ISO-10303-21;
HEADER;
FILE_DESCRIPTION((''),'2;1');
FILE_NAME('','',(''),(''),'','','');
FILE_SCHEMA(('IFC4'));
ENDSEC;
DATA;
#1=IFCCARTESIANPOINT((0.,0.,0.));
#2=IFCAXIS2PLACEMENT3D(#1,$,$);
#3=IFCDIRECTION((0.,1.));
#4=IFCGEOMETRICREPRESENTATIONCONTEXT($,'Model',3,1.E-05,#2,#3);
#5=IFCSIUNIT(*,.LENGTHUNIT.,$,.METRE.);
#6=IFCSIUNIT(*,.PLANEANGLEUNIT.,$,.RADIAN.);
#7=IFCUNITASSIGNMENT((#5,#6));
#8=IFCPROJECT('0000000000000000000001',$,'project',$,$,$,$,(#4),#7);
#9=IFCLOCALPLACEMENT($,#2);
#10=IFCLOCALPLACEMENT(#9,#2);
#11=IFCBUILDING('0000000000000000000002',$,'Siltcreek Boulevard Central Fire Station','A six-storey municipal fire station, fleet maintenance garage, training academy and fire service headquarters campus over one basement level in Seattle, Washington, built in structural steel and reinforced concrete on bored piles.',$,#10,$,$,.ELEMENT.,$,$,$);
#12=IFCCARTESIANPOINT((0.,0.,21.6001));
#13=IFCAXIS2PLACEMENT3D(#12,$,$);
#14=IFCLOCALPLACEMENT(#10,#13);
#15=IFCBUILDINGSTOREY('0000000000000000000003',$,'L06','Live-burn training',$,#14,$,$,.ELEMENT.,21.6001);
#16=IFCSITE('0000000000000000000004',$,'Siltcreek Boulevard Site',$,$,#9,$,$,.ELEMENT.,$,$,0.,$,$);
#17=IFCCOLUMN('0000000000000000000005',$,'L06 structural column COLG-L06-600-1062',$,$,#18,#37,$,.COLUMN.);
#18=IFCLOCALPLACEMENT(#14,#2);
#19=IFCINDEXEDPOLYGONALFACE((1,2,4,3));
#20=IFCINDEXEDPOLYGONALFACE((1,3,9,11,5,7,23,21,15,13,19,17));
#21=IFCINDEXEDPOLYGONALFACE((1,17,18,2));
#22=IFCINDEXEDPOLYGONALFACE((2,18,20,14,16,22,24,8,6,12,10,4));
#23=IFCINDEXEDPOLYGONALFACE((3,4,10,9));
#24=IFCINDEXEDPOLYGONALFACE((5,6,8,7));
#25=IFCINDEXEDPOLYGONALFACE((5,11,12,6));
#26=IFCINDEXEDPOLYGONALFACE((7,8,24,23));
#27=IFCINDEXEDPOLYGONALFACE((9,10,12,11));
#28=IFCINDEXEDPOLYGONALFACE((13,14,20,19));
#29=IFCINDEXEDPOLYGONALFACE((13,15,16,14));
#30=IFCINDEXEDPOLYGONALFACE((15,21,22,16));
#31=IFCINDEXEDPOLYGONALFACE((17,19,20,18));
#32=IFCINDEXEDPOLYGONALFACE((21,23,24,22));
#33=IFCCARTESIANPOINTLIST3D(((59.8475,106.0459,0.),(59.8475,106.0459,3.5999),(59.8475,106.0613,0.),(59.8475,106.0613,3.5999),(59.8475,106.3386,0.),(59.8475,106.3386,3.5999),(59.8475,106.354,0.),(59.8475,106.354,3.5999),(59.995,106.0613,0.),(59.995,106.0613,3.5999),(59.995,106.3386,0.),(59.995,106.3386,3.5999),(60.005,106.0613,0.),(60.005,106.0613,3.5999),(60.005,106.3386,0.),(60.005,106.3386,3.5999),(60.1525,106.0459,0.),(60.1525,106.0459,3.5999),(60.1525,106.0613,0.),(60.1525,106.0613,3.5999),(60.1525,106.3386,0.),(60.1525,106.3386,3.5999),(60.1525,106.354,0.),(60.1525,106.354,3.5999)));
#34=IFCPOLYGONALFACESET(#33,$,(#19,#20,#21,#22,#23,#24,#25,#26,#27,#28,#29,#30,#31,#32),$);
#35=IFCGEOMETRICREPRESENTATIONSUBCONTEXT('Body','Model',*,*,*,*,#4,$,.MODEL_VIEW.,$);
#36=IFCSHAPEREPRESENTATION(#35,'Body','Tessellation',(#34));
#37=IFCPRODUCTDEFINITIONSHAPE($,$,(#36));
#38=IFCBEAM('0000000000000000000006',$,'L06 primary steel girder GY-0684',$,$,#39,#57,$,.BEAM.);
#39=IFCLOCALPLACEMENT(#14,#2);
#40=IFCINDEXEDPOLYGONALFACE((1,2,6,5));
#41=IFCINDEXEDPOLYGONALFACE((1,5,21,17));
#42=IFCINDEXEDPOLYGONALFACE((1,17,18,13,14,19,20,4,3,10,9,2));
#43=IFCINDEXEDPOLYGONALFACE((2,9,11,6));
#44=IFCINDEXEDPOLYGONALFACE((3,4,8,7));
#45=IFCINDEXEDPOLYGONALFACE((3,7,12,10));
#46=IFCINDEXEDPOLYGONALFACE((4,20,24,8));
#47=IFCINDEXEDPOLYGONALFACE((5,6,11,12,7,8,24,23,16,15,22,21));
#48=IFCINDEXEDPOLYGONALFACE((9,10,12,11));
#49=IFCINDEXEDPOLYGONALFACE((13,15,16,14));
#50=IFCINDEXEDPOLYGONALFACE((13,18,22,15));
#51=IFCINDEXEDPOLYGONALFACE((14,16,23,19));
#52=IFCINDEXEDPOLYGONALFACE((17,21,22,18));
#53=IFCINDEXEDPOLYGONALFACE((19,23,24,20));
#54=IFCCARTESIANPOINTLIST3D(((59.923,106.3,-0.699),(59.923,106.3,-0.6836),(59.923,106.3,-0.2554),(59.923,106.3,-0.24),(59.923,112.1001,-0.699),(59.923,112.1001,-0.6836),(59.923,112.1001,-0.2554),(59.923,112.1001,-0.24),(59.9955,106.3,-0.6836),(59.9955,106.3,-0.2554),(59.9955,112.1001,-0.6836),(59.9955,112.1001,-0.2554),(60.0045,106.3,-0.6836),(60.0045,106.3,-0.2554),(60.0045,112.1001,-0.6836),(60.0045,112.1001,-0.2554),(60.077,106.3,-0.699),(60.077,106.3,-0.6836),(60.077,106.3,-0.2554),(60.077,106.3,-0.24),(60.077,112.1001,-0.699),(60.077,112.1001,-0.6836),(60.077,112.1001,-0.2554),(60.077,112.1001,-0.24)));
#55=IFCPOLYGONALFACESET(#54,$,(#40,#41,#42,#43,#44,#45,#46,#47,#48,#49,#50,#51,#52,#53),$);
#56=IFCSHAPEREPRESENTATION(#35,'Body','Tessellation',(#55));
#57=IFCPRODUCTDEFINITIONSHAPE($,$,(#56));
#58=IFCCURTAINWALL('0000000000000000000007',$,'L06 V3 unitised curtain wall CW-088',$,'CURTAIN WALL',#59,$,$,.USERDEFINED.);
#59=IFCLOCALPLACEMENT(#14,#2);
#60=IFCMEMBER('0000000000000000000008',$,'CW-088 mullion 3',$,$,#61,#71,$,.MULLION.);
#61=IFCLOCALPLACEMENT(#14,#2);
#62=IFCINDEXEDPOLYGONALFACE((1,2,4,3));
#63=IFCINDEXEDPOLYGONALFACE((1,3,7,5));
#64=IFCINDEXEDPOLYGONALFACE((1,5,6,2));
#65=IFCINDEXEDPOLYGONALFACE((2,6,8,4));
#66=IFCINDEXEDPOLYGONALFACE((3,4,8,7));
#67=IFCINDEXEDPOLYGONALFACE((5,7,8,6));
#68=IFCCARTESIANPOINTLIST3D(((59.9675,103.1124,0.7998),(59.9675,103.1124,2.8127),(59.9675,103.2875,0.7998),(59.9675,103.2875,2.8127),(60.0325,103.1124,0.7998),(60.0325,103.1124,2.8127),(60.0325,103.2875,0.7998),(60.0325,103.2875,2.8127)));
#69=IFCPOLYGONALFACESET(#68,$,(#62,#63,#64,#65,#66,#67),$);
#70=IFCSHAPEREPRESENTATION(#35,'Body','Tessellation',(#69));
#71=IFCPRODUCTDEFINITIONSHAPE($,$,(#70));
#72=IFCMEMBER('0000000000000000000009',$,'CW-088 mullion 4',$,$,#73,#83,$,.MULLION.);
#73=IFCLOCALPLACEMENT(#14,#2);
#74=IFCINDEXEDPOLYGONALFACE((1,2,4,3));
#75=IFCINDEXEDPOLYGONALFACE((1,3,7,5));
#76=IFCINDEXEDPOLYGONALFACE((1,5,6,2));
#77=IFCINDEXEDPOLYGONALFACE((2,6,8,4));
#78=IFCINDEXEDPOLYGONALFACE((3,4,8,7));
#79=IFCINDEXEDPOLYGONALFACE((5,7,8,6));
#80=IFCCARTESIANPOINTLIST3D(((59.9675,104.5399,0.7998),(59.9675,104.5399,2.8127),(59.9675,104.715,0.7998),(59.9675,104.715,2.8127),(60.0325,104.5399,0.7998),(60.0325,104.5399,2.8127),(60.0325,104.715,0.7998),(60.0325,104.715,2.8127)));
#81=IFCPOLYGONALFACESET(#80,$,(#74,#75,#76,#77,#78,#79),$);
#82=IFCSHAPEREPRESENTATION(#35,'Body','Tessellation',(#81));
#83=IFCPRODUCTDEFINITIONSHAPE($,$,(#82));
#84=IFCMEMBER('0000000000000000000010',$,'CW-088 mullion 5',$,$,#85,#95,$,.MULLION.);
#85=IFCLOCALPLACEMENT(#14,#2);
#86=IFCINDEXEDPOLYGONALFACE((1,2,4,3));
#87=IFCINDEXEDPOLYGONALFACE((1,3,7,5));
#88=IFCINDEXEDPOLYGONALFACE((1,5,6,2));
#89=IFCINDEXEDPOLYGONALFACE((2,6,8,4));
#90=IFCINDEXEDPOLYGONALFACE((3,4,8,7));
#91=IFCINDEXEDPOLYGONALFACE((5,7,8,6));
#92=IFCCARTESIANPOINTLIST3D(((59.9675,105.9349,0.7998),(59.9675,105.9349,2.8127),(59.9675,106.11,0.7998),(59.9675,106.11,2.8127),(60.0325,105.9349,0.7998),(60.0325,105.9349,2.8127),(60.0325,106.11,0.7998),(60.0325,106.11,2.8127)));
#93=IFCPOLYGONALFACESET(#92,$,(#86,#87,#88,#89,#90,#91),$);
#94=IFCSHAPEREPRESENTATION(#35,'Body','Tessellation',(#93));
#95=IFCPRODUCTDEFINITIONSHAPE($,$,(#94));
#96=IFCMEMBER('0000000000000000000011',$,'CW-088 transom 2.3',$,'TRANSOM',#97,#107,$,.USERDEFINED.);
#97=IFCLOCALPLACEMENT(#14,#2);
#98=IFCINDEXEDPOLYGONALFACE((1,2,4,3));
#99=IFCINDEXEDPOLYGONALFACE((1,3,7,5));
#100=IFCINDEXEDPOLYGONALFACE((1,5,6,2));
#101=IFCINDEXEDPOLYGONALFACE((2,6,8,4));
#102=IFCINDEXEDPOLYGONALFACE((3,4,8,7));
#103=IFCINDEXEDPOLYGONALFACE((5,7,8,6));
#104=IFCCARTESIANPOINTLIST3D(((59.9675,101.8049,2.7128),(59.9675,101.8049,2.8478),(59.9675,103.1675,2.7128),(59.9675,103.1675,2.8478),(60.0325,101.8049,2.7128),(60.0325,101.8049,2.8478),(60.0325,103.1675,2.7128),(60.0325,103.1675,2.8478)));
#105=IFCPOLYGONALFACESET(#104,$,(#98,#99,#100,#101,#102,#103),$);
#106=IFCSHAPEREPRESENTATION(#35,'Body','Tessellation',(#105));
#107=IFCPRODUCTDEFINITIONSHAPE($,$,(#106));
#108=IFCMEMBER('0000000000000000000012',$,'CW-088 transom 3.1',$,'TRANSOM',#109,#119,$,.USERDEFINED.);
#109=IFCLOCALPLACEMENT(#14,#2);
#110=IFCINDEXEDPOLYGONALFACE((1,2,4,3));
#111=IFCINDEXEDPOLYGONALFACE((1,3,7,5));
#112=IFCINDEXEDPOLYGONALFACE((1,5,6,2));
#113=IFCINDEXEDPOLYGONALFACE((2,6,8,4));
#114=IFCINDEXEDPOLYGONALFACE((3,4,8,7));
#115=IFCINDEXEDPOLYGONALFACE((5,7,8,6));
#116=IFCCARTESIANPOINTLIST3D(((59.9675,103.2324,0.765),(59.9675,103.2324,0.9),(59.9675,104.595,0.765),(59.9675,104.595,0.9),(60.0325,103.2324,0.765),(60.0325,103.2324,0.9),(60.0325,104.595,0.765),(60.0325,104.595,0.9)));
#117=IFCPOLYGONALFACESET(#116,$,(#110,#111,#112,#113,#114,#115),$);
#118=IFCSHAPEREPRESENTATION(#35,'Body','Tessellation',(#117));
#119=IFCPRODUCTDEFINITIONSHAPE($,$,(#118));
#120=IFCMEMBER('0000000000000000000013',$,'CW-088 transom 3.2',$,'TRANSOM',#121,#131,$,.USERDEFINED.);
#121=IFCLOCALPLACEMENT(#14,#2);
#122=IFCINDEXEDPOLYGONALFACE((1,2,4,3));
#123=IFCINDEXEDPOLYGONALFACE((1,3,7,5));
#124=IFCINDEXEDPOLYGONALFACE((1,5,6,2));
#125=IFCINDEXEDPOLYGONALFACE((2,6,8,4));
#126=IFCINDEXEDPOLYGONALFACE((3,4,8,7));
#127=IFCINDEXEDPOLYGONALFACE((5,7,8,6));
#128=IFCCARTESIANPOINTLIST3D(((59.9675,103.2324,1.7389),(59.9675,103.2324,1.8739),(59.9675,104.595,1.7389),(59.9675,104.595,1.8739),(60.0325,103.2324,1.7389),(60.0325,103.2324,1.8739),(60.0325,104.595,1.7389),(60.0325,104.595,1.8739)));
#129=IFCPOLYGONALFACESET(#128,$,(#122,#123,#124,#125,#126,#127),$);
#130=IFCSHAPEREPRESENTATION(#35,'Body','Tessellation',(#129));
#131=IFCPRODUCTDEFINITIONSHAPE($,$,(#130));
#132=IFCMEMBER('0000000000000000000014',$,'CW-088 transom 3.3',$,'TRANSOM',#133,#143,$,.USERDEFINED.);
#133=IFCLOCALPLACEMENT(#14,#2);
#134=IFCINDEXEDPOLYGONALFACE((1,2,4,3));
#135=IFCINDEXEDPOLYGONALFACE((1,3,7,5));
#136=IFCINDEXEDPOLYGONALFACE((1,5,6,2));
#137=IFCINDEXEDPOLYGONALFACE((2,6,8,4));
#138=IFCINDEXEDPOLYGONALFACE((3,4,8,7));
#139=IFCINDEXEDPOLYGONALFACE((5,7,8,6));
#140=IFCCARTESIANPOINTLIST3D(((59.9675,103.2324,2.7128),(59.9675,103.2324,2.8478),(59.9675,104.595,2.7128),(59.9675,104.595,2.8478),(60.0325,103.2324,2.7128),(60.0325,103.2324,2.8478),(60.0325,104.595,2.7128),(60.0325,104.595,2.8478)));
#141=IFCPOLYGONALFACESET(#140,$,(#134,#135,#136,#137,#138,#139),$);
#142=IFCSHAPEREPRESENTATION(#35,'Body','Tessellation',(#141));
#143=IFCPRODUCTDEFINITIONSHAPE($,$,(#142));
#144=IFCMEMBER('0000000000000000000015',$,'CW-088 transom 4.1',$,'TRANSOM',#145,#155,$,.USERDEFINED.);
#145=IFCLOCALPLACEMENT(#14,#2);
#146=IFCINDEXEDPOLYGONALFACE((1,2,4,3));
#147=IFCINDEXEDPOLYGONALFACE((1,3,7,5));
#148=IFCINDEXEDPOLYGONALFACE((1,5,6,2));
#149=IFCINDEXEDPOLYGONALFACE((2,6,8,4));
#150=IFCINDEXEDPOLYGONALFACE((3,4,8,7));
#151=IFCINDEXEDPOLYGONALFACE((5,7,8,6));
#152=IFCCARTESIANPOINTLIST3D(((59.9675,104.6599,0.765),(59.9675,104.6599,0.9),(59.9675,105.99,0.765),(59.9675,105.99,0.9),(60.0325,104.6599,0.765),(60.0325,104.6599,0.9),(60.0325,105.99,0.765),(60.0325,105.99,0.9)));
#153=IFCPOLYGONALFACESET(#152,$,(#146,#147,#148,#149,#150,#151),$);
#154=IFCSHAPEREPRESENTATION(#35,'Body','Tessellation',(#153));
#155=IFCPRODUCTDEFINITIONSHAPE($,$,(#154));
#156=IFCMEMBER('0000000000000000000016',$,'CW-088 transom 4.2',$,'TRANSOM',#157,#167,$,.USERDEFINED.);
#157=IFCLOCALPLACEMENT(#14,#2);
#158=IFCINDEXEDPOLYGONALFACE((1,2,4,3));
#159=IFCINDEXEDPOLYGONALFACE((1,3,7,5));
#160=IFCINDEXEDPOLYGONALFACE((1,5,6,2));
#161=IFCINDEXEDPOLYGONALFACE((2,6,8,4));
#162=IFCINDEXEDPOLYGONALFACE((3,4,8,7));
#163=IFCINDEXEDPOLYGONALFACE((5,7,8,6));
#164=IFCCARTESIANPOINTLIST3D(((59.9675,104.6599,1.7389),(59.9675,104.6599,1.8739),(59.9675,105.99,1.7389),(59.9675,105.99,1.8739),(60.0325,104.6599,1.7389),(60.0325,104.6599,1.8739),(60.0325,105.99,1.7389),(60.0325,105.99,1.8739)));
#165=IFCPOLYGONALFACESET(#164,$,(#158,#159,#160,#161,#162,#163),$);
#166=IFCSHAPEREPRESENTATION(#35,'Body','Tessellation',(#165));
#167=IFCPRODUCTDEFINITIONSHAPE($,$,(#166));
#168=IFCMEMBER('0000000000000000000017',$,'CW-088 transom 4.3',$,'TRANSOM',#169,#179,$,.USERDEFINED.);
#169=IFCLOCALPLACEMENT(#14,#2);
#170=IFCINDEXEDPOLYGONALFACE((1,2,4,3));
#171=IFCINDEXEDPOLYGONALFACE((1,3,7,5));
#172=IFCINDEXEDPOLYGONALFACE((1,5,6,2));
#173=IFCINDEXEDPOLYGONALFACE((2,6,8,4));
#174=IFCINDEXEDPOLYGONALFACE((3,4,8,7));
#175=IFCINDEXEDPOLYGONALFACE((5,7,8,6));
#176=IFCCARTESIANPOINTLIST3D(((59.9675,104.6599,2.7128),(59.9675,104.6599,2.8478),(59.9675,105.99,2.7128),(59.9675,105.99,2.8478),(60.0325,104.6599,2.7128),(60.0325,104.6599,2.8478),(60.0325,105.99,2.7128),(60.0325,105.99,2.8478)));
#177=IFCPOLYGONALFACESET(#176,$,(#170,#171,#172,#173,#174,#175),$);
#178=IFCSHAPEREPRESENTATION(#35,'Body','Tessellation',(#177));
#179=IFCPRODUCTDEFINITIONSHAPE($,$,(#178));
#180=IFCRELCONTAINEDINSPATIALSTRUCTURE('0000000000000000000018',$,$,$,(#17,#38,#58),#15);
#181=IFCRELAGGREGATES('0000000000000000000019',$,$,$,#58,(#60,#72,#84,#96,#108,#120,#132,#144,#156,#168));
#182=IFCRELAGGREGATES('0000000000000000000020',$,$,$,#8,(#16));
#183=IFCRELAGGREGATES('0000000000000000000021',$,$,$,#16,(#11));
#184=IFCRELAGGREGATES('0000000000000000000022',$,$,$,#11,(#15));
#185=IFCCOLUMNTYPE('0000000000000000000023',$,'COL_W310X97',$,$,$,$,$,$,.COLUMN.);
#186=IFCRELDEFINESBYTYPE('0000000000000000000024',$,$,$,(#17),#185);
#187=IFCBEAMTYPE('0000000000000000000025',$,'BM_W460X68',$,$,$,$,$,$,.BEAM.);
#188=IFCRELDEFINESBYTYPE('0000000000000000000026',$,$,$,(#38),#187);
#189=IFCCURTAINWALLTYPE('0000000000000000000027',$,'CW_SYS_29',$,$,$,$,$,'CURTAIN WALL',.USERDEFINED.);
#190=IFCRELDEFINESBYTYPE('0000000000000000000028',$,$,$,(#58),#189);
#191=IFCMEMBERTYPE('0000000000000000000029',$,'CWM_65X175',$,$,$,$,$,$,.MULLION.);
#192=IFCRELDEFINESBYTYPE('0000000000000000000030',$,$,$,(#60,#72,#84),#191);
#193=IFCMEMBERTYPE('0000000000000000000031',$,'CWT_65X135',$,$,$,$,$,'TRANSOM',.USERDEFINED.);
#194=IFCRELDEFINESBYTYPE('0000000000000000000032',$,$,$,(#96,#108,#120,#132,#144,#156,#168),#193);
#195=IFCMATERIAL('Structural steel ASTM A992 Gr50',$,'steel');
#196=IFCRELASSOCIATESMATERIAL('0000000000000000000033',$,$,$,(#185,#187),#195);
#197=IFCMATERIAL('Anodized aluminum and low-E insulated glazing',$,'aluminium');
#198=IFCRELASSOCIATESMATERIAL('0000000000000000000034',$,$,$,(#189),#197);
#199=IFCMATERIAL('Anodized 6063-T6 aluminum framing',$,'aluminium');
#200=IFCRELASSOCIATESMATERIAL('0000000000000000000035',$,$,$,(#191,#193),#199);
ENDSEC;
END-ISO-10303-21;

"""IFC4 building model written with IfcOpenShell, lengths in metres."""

from ifc_helpers import new_model, si_unit, direction, frame, origin, origin_2d, place, context, subcontext, project, spatial, rectangle, i_section, extrude, material, material_profile, profile_set, type_object, element, aggregate, save


model = new_model("IFC4")

# Units and contexts
model_context = context("Model", 3, precision=1e-05, world=origin(), true_north=direction((0.0, 1.0)))
body_context = subcontext(model_context, "Body", "Model", "MODEL_VIEW")
ifc_project = project(units=[si_unit("LENGTHUNIT", "METRE"), si_unit("PLANEANGLEUNIT", "RADIAN")], contexts=[model_context])

# Site, building, storey
site_placement = place(None, origin())
site = spatial("IfcSite", under=ifc_project, at=site_placement, Name="Siltcreek Boulevard Site", CompositionType="ELEMENT", RefElevation=0.0)
building_placement = place(site_placement, origin())
building = spatial("IfcBuilding", under=site, at=building_placement, Name="Siltcreek Boulevard Central Fire Station", Description="A six-storey municipal fire station, fleet maintenance garage, training academy and fire service headquarters campus over one basement level in Seattle, Washington, built in structural steel and reinforced concrete on bored piles.", CompositionType="ELEMENT")
storey_placement = place(building_placement, frame((0.0, 0.0, 21.6001)))
storey = spatial("IfcBuildingStorey", under=building, at=storey_placement, Name="L06", Description="Live-burn training", CompositionType="ELEMENT", Elevation=21.6001)

# Column
ifc_material_1 = material(Name="Structural steel ASTM A992 Gr50", Category="steel")
ifc_material_profile_1 = material_profile(ifc_material_1, i_section(OverallWidth=0.3049, OverallDepth=0.3081, WebThickness=0.01, FlangeThickness=0.0154, at=origin_2d()), Name="W310X97")
ifc_profile_set_1 = profile_set([ifc_material_profile_1], Name="Structural steel ASTM A992 Gr50")
column_type = type_object("IfcColumnType", Name="COL_W310X97", PredefinedType="COLUMN", material=ifc_profile_set_1)
column_placement = place(storey_placement, frame((60.0, 106.2, 0.0), z_axis=(0.0, 0.0, 1.0), x_axis=(1.0, 0.0, 0.0)))
element("IfcColumn", 1, at=column_placement, inside=storey, type_object=column_type, Name="L06 structural column COLG-L06-600-1062", PredefinedType="COLUMN", context=body_context, shape_type="SweptSolid", body=[
    extrude(i_section(OverallWidth=0.3049, OverallDepth=0.3081, WebThickness=0.01, FlangeThickness=0.0154, at=origin_2d()), origin(), (0.0, 0.0, 1.0), 3.5999),
])

# Beam
ifc_material_profile_2 = material_profile(ifc_material_1, i_section(OverallWidth=0.1541, OverallDepth=0.459, WebThickness=0.009, FlangeThickness=0.0154, at=origin_2d()), Name="W460X68")
ifc_profile_set_2 = profile_set([ifc_material_profile_2], Name="Structural steel ASTM A992 Gr50")
beam_type_1 = type_object("IfcBeamType", Name="BM_W460X68", PredefinedType="BEAM", material=ifc_profile_set_2)
beam_1_placement = place(storey_placement, frame((60.0, 106.3, -0.4695), z_axis=(0.0, 1.0, 0.0), x_axis=(-1.0, 0.0, 0.0)))
element("IfcBeam", 2, at=beam_1_placement, inside=storey, type_object=beam_type_1, Name="L06 primary steel girder GY-0684", PredefinedType="BEAM", context=body_context, shape_type="SweptSolid", body=[
    extrude(i_section(OverallWidth=0.1541, OverallDepth=0.459, WebThickness=0.009, FlangeThickness=0.0154, at=origin_2d()), origin(), (0.0, 0.0, 1.0), 5.8),
])

# Curtain wall, members
ifc_material_2 = material(Name="Anodized aluminum and low-E insulated glazing", Category="aluminium")
curtain_wall_type = type_object("IfcCurtainWallType", Name="CW_SYS_29", ElementType="CURTAIN WALL", PredefinedType="USERDEFINED", material=ifc_material_2)
curtain_wall_placement = place(storey_placement, origin())
curtain_wall = element("IfcCurtainWall", 3, at=curtain_wall_placement, inside=storey, type_object=curtain_wall_type, Name="L06 V3 unitised curtain wall CW-088", ObjectType="CURTAIN WALL", PredefinedType="USERDEFINED")
ifc_material_3 = material(Name="Anodized 6063-T6 aluminum framing", Category="aluminium")
ifc_material_profile_3 = material_profile(ifc_material_3, rectangle(XDim=0.0649, YDim=0.175, at=origin_2d()), Name="MULL65X175")
ifc_profile_set_3 = profile_set([ifc_material_profile_3], Name="Anodized 6063-T6 aluminum framing")
member_type_1 = type_object("IfcMemberType", Name="CWM_65X175", PredefinedType="MULLION", material=ifc_profile_set_3)
member_1_placement = place(storey_placement, frame((60.0, 103.2, 0.7998), z_axis=(0.0, 0.0, 1.0), x_axis=(-1.0, 0.0, 0.0)))
member_1 = element("IfcMember", 4, at=member_1_placement, type_object=member_type_1, Name="CW-088 mullion 3", PredefinedType="MULLION", context=body_context, shape_type="SweptSolid", body=[
    extrude(rectangle(XDim=0.0649, YDim=0.175, at=origin_2d()), origin(), (0.0, 0.0, 1.0), 2.0129),
])
member_2_placement = place(storey_placement, frame((60.0, 104.6274, 0.7998), z_axis=(0.0, 0.0, 1.0), x_axis=(-1.0, 0.0, 0.0)))
member_2 = element("IfcMember", 5, at=member_2_placement, type_object=member_type_1, Name="CW-088 mullion 4", PredefinedType="MULLION", context=body_context, shape_type="SweptSolid", body=[
    extrude(rectangle(XDim=0.0649, YDim=0.175, at=origin_2d()), origin(), (0.0, 0.0, 1.0), 2.0129),
])
member_3_placement = place(storey_placement, frame((60.0, 106.0225, 0.7998), z_axis=(0.0, 0.0, 1.0), x_axis=(-1.0, 0.0, 0.0)))
member_3 = element("IfcMember", 6, at=member_3_placement, type_object=member_type_1, Name="CW-088 mullion 5", PredefinedType="MULLION", context=body_context, shape_type="SweptSolid", body=[
    extrude(rectangle(XDim=0.0649, YDim=0.175, at=origin_2d()), origin(), (0.0, 0.0, 1.0), 2.0129),
])
ifc_material_profile_4 = material_profile(ifc_material_3, rectangle(XDim=0.0649, YDim=0.135, at=origin_2d()), Name="TRAN65X135")
ifc_profile_set_4 = profile_set([ifc_material_profile_4], Name="Anodized 6063-T6 aluminum framing")
member_type_2 = type_object("IfcMemberType", Name="CWT_65X135", ElementType="TRANSOM", PredefinedType="USERDEFINED", material=ifc_profile_set_4)
member_4_placement = place(storey_placement, frame((60.0, 101.8049, 2.7803), z_axis=(0.0, 1.0, 0.0), x_axis=(-1.0, 0.0, 0.0)))
member_4 = element("IfcMember", 7, at=member_4_placement, type_object=member_type_2, Name="CW-088 transom 2.3", ObjectType="TRANSOM", PredefinedType="USERDEFINED", context=body_context, shape_type="SweptSolid", body=[
    extrude(rectangle(XDim=0.0649, YDim=0.135, at=origin_2d()), origin(), (0.0, 0.0, 1.0), 1.3625),
])
member_5_placement = place(storey_placement, frame((60.0, 103.2324, 0.8325), z_axis=(0.0, 1.0, 0.0), x_axis=(-1.0, 0.0, 0.0)))
member_5 = element("IfcMember", 8, at=member_5_placement, type_object=member_type_2, Name="CW-088 transom 3.1", ObjectType="TRANSOM", PredefinedType="USERDEFINED", context=body_context, shape_type="SweptSolid", body=[
    extrude(rectangle(XDim=0.0649, YDim=0.135, at=origin_2d()), origin(), (0.0, 0.0, 1.0), 1.3625),
])
member_6_placement = place(storey_placement, frame((60.0, 103.2324, 1.8064), z_axis=(0.0, 1.0, 0.0), x_axis=(-1.0, 0.0, 0.0)))
member_6 = element("IfcMember", 9, at=member_6_placement, type_object=member_type_2, Name="CW-088 transom 3.2", ObjectType="TRANSOM", PredefinedType="USERDEFINED", context=body_context, shape_type="SweptSolid", body=[
    extrude(rectangle(XDim=0.0649, YDim=0.135, at=origin_2d()), origin(), (0.0, 0.0, 1.0), 1.3625),
])
member_7_placement = place(storey_placement, frame((60.0, 103.2324, 2.7803), z_axis=(0.0, 1.0, 0.0), x_axis=(-1.0, 0.0, 0.0)))
member_7 = element("IfcMember", 10, at=member_7_placement, type_object=member_type_2, Name="CW-088 transom 3.3", ObjectType="TRANSOM", PredefinedType="USERDEFINED", context=body_context, shape_type="SweptSolid", body=[
    extrude(rectangle(XDim=0.0649, YDim=0.135, at=origin_2d()), origin(), (0.0, 0.0, 1.0), 1.3625),
])
member_8_placement = place(storey_placement, frame((60.0, 104.6599, 0.8325), z_axis=(0.0, 1.0, 0.0), x_axis=(-1.0, 0.0, 0.0)))
member_8 = element("IfcMember", 11, at=member_8_placement, type_object=member_type_2, Name="CW-088 transom 4.1", ObjectType="TRANSOM", PredefinedType="USERDEFINED", context=body_context, shape_type="SweptSolid", body=[
    extrude(rectangle(XDim=0.0649, YDim=0.135, at=origin_2d()), origin(), (0.0, 0.0, 1.0), 1.3301),
])
member_9_placement = place(storey_placement, frame((60.0, 104.6599, 1.8064), z_axis=(0.0, 1.0, 0.0), x_axis=(-1.0, 0.0, 0.0)))
member_9 = element("IfcMember", 12, at=member_9_placement, type_object=member_type_2, Name="CW-088 transom 4.2", ObjectType="TRANSOM", PredefinedType="USERDEFINED", context=body_context, shape_type="SweptSolid", body=[
    extrude(rectangle(XDim=0.0649, YDim=0.135, at=origin_2d()), origin(), (0.0, 0.0, 1.0), 1.3301),
])
member_10_placement = place(storey_placement, frame((60.0, 104.6599, 2.7803), z_axis=(0.0, 1.0, 0.0), x_axis=(-1.0, 0.0, 0.0)))
member_10 = element("IfcMember", 13, at=member_10_placement, type_object=member_type_2, Name="CW-088 transom 4.3", ObjectType="TRANSOM", PredefinedType="USERDEFINED", context=body_context, shape_type="SweptSolid", body=[
    extrude(rectangle(XDim=0.0649, YDim=0.135, at=origin_2d()), origin(), (0.0, 0.0, 1.0), 1.3301),
])

aggregate(curtain_wall, [member_1, member_2, member_3, member_4, member_5, member_6, member_7, member_8, member_9, member_10])

save(model, "model.ifc")
